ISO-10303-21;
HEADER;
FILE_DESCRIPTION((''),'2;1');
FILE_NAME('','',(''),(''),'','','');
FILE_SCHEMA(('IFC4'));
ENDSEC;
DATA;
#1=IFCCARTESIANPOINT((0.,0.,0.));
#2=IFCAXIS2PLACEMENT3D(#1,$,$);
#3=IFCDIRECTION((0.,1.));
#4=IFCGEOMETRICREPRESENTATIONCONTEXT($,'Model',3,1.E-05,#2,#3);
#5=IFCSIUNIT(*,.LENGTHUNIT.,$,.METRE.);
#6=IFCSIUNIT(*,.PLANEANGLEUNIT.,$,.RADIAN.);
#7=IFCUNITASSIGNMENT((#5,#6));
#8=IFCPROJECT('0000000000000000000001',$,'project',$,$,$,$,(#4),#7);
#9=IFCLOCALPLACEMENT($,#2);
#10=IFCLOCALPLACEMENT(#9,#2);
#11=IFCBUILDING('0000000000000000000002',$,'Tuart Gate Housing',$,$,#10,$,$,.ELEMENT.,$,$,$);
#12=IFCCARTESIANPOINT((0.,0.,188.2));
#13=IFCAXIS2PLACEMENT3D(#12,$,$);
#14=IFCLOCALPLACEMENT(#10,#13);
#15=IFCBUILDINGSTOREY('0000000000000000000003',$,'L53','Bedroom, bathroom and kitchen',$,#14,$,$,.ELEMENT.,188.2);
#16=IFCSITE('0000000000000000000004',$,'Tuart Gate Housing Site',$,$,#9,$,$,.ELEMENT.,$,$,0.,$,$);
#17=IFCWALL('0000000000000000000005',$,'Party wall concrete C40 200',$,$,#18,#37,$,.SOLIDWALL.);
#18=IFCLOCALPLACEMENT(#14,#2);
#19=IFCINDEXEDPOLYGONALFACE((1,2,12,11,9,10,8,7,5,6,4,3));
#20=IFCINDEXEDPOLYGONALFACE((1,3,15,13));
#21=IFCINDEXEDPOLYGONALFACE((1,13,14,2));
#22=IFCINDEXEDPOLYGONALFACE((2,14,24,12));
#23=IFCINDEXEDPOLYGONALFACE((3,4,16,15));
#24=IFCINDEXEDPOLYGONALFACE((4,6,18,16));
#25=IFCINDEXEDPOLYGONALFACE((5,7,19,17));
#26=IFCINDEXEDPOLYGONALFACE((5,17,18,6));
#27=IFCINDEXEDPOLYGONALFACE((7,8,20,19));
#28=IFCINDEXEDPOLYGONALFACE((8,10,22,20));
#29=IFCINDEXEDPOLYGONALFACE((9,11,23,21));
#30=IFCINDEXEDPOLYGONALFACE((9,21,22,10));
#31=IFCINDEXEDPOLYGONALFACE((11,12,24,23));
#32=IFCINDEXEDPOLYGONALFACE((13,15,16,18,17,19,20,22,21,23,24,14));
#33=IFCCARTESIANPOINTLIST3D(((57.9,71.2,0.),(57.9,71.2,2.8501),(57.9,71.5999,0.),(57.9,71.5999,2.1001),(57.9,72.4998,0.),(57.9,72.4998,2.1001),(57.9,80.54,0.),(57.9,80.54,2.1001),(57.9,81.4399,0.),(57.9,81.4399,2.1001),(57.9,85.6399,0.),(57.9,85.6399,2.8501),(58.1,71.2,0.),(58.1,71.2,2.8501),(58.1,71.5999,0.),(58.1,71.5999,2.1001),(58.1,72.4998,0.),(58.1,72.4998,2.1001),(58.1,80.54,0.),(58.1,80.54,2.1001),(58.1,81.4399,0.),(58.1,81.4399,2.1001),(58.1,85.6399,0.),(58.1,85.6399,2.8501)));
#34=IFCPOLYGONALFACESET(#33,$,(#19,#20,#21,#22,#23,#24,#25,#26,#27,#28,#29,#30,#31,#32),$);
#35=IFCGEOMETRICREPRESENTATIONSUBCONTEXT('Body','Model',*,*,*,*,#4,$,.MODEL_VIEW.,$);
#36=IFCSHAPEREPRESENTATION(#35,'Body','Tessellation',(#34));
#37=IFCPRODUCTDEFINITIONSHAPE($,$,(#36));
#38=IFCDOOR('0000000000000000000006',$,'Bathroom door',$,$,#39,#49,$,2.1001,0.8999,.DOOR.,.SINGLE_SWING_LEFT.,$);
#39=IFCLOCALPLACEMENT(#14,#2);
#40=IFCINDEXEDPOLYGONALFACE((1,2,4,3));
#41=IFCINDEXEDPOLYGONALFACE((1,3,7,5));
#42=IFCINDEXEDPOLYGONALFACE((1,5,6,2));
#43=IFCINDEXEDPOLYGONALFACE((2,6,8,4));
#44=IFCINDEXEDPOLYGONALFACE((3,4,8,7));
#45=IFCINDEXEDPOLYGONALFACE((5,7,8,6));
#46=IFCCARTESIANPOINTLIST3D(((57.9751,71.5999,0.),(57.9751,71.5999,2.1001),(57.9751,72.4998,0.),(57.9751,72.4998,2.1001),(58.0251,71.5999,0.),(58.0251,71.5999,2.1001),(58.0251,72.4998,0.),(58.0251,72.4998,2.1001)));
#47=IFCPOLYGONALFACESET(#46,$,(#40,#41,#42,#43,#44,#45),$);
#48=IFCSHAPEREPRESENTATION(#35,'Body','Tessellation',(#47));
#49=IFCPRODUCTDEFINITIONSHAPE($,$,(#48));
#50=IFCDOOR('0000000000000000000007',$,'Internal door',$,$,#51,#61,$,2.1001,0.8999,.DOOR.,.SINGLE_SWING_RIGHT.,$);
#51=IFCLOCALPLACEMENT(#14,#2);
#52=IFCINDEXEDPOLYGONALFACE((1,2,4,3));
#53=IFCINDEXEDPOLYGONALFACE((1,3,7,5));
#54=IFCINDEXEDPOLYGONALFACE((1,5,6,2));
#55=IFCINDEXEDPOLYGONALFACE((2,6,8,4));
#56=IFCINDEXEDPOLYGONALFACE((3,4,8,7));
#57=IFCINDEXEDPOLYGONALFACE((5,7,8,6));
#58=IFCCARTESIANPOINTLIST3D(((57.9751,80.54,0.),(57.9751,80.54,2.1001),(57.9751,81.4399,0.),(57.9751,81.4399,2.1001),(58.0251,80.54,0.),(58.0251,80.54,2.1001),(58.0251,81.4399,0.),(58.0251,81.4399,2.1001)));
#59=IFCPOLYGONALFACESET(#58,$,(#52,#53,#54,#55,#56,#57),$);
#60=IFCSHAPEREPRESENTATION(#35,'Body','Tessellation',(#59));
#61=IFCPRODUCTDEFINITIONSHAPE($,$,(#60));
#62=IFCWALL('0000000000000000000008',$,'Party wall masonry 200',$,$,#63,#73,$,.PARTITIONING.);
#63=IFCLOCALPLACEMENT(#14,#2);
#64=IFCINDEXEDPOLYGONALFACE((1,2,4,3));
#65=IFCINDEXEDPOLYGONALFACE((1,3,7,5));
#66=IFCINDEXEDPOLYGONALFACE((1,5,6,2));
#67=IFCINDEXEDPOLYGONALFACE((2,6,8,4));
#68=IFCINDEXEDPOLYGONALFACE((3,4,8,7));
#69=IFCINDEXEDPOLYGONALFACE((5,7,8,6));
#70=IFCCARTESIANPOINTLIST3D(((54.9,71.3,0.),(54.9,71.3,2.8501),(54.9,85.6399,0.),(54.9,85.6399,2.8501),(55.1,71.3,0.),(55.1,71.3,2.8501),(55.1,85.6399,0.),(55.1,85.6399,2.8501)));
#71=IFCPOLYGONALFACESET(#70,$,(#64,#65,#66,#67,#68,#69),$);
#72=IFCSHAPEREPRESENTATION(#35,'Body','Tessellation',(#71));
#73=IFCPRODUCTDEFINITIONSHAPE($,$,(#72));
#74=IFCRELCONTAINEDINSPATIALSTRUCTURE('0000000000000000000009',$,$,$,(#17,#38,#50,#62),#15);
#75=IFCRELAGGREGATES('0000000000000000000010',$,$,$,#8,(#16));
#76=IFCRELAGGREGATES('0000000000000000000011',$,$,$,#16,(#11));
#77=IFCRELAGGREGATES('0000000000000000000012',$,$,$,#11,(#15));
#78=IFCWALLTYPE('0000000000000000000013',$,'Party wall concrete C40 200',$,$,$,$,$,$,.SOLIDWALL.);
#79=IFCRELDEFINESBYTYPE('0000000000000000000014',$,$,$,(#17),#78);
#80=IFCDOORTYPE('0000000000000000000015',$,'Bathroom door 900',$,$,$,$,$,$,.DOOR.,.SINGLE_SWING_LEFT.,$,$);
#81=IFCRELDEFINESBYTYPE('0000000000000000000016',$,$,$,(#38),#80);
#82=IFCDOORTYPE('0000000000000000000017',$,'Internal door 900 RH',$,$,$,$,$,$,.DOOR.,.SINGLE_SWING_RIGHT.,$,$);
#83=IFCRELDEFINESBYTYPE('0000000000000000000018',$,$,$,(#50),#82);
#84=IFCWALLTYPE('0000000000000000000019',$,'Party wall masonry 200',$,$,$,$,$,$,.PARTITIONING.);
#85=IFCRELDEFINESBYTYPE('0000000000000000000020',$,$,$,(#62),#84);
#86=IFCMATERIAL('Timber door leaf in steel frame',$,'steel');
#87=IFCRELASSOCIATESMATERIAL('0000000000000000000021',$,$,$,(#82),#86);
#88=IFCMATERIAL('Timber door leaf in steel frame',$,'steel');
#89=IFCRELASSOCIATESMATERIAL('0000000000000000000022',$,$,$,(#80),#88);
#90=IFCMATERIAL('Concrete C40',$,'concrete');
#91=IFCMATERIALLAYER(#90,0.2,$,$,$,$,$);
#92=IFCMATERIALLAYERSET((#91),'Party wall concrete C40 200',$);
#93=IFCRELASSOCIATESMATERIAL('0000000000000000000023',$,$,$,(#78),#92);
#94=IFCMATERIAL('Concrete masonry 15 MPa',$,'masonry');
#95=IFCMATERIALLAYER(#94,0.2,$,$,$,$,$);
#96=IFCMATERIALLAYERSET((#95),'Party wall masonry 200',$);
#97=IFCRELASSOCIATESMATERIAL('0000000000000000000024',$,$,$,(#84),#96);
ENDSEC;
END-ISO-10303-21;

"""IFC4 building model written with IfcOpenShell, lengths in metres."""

from ifc_helpers import new_model, si_unit, direction, frame, frame_2d, origin, place, context, subcontext, project, spatial, rectangle, extrude, material, layer, layer_set, type_object, element, fill, save


model = new_model("IFC4")

# Units and contexts
model_context = context("Model", 3, precision=1e-05, world=origin(), true_north=direction((0.0, 1.0)))
body_context = subcontext(model_context, "Body", "Model", "MODEL_VIEW")
ifc_project = project(units=[si_unit("LENGTHUNIT", "METRE"), si_unit("PLANEANGLEUNIT", "RADIAN")], contexts=[model_context])

# Site, building, storey
site_placement = place(None, origin())
site = spatial("IfcSite", under=ifc_project, at=site_placement, Name="Tuart Gate Housing Site", CompositionType="ELEMENT", RefElevation=0.0)
building_placement = place(site_placement, origin())
building = spatial("IfcBuilding", under=site, at=building_placement, Name="Tuart Gate Housing", CompositionType="ELEMENT")
storey_placement = place(building_placement, frame((0.0, 0.0, 188.2)))
storey = spatial("IfcBuildingStorey", under=building, at=storey_placement, Name="L53", Description="Bedroom, bathroom and kitchen", CompositionType="ELEMENT", Elevation=188.2)

# Shared definitions
ifc_material_1 = material(Name="Timber door leaf in steel frame", Category="steel")
door_type_1 = type_object("IfcDoorType", Name="Internal door 900 RH", OperationType="SINGLE_SWING_RIGHT", PredefinedType="DOOR", material=ifc_material_1)

# Shared definitions
ifc_material_2 = material(Name="Timber door leaf in steel frame", Category="steel")
door_type_2 = type_object("IfcDoorType", Name="Bathroom door 900", OperationType="SINGLE_SWING_LEFT", PredefinedType="DOOR", material=ifc_material_2)

# Shared definitions
ifc_material_3 = material(Name="Concrete C40", Category="concrete")
ifc_layer_1 = layer(ifc_material_3, 0.2)
ifc_layer_set_1 = layer_set([ifc_layer_1], Name="Party wall concrete C40 200")
wall_type_1 = type_object("IfcWallType", Name="Party wall concrete C40 200", PredefinedType="SOLIDWALL", material=ifc_layer_set_1)

# Wall, openings, doors
wall_1_placement = place(storey_placement, frame((58.0, 71.2, 0.0), z_axis=(0.0, 0.0, 1.0), x_axis=(0.0, 1.0, 0.0)))
wall_1 = element("IfcWall", 1, at=wall_1_placement, inside=storey, type_object=wall_type_1, Name="Party wall concrete C40 200", PredefinedType="SOLIDWALL", context=body_context, shape_type="SweptSolid", body=[
    extrude(rectangle(XDim=14.4399, YDim=0.2, at=frame_2d((7.22, 0.0))), origin(), (0.0, 0.0, 1.0), 2.8501),
])
opening_1_placement = place(wall_1_placement, frame((9.3401, 0.0, 0.0)))
opening_1 = element("IfcOpeningElement", 2, at=opening_1_placement, cuts=wall_1, PredefinedType="OPENING", context=body_context, shape_type="SweptSolid", body=[
    extrude(rectangle(XDim=0.8999, YDim=2.1001, at=frame_2d((0.45, 1.05))), frame((0.0, 0.1099, 0.0), z_axis=(0.0, -1.0, 0.0), x_axis=(1.0, 0.0, 0.0)), (0.0, 0.0, 1.0), 0.22),
])
opening_2_placement = place(wall_1_placement, frame((0.3999, 0.0, 0.0)))
opening_2 = element("IfcOpeningElement", 3, at=opening_2_placement, cuts=wall_1, PredefinedType="OPENING", context=body_context, shape_type="SweptSolid", body=[
    extrude(rectangle(XDim=0.8999, YDim=2.1001, at=frame_2d((0.45, 1.05))), frame((0.0, 0.1099, 0.0), z_axis=(0.0, -1.0, 0.0), x_axis=(1.0, 0.0, 0.0)), (0.0, 0.0, 1.0), 0.22),
])
door_1_placement = place(opening_2_placement, origin())
door_1 = element("IfcDoor", 4, at=door_1_placement, inside=storey, type_object=door_type_2, Name="Bathroom door", OperationType="SINGLE_SWING_LEFT", OverallHeight=2.1001, OverallWidth=0.8999, PredefinedType="DOOR", context=body_context, shape_type="SweptSolid", body=[
    extrude(rectangle(XDim=0.8999, YDim=2.1001, at=frame_2d((0.45, 1.05))), frame((0.0, 0.0249, 0.0), z_axis=(0.0, -1.0, 0.0), x_axis=(1.0, 0.0, 0.0)), (0.0, 0.0, 1.0), 0.05),
])
fill(opening_2, door_1)
door_2_placement = place(opening_1_placement, origin())
door_2 = element("IfcDoor", 5, at=door_2_placement, inside=storey, type_object=door_type_1, Name="Internal door", OperationType="SINGLE_SWING_RIGHT", OverallHeight=2.1001, OverallWidth=0.8999, PredefinedType="DOOR", context=body_context, shape_type="SweptSolid", body=[
    extrude(rectangle(XDim=0.8999, YDim=2.1001, at=frame_2d((0.45, 1.05))), frame((0.0, 0.0249, 0.0), z_axis=(0.0, -1.0, 0.0), x_axis=(1.0, 0.0, 0.0)), (0.0, 0.0, 1.0), 0.05),
])
fill(opening_1, door_2)

# Wall
ifc_material_4 = material(Name="Concrete masonry 15 MPa", Category="masonry")
ifc_layer_2 = layer(ifc_material_4, 0.2)
ifc_layer_set_2 = layer_set([ifc_layer_2], Name="Party wall masonry 200")
wall_type_2 = type_object("IfcWallType", Name="Party wall masonry 200", PredefinedType="PARTITIONING", material=ifc_layer_set_2)
wall_2_placement = place(storey_placement, frame((55.0, 71.3, 0.0), z_axis=(0.0, 0.0, 1.0), x_axis=(0.0, 1.0, 0.0)))
element("IfcWall", 6, at=wall_2_placement, inside=storey, type_object=wall_type_2, Name="Party wall masonry 200", PredefinedType="PARTITIONING", context=body_context, shape_type="SweptSolid", body=[
    extrude(rectangle(XDim=14.3398, YDim=0.2, at=frame_2d((7.1699, 0.0))), origin(), (0.0, 0.0, 1.0), 2.8501),
])

save(model, "model.ifc")
